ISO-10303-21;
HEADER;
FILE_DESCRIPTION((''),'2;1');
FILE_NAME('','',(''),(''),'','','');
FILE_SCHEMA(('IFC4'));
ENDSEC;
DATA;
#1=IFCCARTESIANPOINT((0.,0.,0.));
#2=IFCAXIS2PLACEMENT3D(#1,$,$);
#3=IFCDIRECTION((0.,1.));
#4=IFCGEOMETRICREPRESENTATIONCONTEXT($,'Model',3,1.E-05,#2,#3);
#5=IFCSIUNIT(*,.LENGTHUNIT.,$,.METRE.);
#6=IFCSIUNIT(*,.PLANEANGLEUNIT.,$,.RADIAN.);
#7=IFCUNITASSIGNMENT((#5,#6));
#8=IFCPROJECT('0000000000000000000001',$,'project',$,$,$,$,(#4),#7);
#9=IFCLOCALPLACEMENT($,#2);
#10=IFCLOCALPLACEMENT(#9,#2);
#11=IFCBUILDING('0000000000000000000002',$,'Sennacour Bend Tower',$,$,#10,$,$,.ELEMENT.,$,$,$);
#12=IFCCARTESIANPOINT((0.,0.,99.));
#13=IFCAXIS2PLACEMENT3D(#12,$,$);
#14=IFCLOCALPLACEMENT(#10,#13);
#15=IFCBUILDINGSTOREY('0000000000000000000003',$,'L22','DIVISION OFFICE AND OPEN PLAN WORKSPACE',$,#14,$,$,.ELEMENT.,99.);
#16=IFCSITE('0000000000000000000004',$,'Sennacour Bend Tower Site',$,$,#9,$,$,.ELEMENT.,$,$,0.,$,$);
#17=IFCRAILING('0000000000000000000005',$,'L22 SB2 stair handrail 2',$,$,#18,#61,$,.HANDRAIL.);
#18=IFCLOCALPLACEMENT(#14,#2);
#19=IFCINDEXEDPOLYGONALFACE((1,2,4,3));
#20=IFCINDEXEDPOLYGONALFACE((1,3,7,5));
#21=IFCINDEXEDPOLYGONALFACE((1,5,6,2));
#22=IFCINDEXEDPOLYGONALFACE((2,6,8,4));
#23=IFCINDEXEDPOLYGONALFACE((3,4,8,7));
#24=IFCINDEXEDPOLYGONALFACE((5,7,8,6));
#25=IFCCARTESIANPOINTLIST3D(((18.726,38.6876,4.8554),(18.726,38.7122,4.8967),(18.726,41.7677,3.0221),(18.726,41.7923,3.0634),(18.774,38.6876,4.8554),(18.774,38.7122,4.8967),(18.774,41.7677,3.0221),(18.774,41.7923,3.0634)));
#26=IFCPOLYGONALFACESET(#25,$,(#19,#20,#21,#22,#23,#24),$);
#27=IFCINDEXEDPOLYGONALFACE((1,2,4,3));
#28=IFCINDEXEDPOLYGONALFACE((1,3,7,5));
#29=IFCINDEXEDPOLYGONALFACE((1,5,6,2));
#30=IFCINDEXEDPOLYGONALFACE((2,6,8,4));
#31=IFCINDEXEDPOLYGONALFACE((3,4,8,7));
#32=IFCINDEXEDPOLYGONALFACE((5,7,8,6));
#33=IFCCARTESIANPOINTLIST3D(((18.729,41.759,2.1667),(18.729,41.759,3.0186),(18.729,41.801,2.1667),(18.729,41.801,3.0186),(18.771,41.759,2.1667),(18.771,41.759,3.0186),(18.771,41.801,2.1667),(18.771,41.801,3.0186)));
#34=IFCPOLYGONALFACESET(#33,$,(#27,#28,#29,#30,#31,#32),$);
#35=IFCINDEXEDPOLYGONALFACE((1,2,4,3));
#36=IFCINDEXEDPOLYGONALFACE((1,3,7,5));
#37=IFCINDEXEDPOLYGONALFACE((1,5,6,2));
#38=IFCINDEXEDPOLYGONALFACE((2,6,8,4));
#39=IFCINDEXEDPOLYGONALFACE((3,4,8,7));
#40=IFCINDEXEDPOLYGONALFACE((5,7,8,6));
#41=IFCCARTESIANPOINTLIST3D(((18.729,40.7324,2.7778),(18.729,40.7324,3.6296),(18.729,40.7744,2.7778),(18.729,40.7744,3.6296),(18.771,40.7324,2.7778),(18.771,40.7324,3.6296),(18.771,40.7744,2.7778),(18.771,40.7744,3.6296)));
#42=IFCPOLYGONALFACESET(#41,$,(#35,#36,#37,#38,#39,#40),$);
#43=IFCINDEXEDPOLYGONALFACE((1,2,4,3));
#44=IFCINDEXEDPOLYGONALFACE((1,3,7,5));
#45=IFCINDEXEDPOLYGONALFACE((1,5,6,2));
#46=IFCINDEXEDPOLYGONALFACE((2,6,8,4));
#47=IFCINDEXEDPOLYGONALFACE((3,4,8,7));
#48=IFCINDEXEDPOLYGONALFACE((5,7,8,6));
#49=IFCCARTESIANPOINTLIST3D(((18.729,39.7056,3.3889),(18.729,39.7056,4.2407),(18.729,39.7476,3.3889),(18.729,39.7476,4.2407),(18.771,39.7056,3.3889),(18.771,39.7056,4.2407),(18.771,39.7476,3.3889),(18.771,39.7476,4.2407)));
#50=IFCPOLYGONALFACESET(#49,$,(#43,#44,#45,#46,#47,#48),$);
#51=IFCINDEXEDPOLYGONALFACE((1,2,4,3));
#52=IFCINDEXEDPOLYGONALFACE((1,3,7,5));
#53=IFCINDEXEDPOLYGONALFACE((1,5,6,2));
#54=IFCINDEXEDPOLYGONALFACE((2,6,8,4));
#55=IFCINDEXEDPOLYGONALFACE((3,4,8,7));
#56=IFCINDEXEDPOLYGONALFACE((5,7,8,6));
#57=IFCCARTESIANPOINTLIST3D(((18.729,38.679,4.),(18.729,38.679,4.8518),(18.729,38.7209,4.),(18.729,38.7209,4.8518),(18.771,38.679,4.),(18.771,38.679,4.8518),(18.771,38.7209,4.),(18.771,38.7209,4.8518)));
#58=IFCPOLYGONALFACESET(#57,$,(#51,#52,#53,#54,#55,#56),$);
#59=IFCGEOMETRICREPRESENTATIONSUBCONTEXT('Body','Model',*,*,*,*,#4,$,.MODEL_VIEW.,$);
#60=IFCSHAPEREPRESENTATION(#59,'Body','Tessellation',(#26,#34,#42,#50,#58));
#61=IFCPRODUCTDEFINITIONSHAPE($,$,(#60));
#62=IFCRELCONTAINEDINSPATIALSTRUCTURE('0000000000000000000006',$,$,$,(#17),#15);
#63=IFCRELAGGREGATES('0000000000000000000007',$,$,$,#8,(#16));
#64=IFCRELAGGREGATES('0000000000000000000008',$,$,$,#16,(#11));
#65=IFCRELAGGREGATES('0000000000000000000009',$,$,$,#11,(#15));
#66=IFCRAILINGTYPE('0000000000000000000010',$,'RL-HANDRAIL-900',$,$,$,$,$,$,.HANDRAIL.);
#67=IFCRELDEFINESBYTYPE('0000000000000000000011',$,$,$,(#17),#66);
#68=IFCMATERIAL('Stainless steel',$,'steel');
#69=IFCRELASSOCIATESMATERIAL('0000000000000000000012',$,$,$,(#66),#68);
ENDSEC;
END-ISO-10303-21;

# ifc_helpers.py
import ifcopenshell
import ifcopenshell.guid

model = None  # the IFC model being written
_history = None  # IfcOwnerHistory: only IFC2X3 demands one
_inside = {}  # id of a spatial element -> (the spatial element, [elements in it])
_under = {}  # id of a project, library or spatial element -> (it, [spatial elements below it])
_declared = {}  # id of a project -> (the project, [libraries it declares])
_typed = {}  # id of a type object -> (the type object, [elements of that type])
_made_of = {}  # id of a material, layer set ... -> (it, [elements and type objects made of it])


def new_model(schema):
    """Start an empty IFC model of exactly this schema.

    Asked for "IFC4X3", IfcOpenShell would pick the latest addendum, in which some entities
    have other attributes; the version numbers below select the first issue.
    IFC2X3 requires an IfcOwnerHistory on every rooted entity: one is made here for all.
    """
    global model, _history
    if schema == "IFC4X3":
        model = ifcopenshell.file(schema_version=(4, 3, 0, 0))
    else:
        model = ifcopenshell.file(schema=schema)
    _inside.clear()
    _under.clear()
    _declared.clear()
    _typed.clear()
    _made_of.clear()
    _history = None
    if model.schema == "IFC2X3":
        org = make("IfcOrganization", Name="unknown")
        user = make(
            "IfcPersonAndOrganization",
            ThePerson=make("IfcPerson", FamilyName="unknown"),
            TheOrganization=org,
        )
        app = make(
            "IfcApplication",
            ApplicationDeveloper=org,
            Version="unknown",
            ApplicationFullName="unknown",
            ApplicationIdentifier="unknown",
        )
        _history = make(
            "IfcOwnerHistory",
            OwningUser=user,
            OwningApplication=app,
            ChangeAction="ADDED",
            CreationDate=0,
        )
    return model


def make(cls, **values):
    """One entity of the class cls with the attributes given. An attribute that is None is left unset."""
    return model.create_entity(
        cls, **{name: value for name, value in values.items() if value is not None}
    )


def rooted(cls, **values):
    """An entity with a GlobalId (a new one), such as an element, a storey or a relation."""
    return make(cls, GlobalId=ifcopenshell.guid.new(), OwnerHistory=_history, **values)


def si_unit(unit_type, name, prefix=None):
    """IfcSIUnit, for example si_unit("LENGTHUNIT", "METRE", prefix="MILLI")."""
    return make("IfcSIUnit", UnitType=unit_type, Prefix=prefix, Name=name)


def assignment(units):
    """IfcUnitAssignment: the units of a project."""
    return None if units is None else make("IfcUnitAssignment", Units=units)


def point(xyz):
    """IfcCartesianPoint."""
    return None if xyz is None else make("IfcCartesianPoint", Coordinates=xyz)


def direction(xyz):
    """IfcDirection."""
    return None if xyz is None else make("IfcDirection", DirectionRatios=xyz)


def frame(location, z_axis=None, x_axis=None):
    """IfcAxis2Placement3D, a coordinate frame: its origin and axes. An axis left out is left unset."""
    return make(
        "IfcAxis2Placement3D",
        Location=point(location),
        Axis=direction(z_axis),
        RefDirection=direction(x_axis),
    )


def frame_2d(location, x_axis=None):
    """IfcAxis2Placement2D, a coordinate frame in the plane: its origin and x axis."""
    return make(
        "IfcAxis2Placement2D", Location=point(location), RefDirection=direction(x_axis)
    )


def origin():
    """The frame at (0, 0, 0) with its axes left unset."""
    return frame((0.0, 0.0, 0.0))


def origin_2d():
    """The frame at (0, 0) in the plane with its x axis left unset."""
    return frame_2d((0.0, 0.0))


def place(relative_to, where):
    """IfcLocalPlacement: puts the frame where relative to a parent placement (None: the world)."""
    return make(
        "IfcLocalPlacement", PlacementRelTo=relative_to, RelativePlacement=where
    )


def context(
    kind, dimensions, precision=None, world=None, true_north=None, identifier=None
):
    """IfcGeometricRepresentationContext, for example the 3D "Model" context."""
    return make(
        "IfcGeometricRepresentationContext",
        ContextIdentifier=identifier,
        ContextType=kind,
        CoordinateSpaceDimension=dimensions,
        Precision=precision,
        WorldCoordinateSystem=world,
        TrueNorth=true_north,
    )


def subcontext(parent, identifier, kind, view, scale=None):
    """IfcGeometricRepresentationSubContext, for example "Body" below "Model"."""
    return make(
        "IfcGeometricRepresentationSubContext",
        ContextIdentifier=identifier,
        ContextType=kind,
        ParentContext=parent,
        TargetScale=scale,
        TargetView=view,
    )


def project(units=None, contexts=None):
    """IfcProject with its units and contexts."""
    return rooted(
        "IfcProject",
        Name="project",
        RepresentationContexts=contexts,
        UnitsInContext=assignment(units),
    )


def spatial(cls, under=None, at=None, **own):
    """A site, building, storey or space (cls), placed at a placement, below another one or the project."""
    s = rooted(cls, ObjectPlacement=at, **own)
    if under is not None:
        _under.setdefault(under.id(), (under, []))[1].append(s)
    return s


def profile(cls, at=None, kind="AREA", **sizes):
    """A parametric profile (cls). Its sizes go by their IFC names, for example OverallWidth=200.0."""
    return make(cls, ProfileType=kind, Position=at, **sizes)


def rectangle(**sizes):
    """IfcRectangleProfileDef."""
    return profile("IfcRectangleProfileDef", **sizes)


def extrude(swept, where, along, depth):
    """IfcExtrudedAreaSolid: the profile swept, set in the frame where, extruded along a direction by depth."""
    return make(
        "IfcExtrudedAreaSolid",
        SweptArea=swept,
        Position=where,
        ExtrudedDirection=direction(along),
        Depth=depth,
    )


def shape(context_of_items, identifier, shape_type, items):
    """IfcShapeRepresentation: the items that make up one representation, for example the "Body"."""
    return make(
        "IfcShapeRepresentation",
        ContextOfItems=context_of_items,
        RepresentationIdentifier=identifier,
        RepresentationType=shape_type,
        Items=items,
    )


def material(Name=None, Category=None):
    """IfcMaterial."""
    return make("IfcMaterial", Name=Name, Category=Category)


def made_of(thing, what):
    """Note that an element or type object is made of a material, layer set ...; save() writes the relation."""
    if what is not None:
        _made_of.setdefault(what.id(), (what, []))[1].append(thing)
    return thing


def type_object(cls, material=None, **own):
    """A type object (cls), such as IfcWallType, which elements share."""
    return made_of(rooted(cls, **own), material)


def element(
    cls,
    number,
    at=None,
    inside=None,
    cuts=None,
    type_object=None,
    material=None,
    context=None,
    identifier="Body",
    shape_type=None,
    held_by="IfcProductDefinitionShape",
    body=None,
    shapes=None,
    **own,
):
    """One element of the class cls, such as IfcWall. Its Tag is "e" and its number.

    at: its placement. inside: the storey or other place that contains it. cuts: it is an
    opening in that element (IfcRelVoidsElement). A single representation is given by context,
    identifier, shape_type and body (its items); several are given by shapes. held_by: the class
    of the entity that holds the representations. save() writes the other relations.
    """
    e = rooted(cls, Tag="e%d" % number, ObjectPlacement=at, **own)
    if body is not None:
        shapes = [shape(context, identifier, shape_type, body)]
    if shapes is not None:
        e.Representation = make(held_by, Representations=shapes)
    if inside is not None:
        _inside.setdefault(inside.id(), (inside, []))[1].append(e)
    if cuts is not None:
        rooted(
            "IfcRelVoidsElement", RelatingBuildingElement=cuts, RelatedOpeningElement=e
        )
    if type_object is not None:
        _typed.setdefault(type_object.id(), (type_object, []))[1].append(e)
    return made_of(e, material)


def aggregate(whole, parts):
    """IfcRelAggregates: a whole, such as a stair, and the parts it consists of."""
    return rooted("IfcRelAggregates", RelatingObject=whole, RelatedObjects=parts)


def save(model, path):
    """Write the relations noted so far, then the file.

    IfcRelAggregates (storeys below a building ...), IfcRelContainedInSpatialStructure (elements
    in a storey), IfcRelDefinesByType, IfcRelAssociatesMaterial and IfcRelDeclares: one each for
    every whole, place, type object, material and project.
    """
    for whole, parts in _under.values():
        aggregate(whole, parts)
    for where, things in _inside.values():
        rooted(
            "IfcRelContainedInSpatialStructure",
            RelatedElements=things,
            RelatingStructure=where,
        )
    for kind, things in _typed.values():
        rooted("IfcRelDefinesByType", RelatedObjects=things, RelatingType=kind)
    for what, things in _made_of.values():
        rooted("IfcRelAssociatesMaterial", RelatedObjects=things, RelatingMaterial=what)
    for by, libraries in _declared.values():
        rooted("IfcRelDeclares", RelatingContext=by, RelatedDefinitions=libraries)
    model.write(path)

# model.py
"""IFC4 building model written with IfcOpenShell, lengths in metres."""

from ifc_helpers import new_model, si_unit, direction, frame, origin, origin_2d, place, context, subcontext, project, spatial, rectangle, extrude, material, type_object, element, save


model = new_model("IFC4")

# Units and contexts
model_context = context("Model", 3, precision=1e-05, world=origin(), true_north=direction((0.0, 1.0)))
body_context = subcontext(model_context, "Body", "Model", "MODEL_VIEW")
ifc_project = project(units=[si_unit("LENGTHUNIT", "METRE"), si_unit("PLANEANGLEUNIT", "RADIAN")], contexts=[model_context])

# Site, building, storey
site_placement = place(None, origin())
site = spatial("IfcSite", under=ifc_project, at=site_placement, Name="Sennacour Bend Tower Site", CompositionType="ELEMENT", RefElevation=0.0)
building_placement = place(site_placement, origin())
building = spatial("IfcBuilding", under=site, at=building_placement, Name="Sennacour Bend Tower", CompositionType="ELEMENT")
storey_placement = place(building_placement, frame((0.0, 0.0, 99.0)))
storey = spatial("IfcBuildingStorey", under=building, at=storey_placement, Name="L22", Description="DIVISION OFFICE AND OPEN PLAN WORKSPACE", CompositionType="ELEMENT", Elevation=99.0)

# Shared definitions
ifc_material_1 = material(Name="Stainless steel", Category="steel")

# Railing
railing_type_1 = type_object("IfcRailingType", Name="RL-HANDRAIL-900", PredefinedType="HANDRAIL", material=ifc_material_1)
railing_1_placement = place(storey_placement, frame((18.75, 41.78, 2.1667)))
element("IfcRailing", 1, at=railing_1_placement, inside=storey, type_object=railing_type_1, Name="L22 SB2 stair handrail 2", PredefinedType="HANDRAIL", context=body_context, shape_type="SweptSolid", body=[
    extrude(rectangle(XDim=0.0481, YDim=0.0481, at=origin_2d()), frame((0.0, 0.0, 0.876), z_axis=(0.0, -0.859309, 0.511458), x_axis=(1.0, 0.0, 0.0)), (0.0, 0.0, 1.0), 3.5845),
    extrude(rectangle(XDim=0.042, YDim=0.042, at=origin_2d()), origin(), (0.0, 0.0, 1.0), 0.8518),
    extrude(rectangle(XDim=0.042, YDim=0.042, at=origin_2d()), frame((0.0, -1.0266, 0.6111)), (0.0, 0.0, 1.0), 0.8518),
    extrude(rectangle(XDim=0.042, YDim=0.042, at=origin_2d()), frame((0.0, -2.0535, 1.2222)), (0.0, 0.0, 1.0), 0.8518),
    extrude(rectangle(XDim=0.042, YDim=0.042, at=origin_2d()), frame((0.0, -3.0801, 1.8333)), (0.0, 0.0, 1.0), 0.8518),
])

save(model, "model.ifc")
